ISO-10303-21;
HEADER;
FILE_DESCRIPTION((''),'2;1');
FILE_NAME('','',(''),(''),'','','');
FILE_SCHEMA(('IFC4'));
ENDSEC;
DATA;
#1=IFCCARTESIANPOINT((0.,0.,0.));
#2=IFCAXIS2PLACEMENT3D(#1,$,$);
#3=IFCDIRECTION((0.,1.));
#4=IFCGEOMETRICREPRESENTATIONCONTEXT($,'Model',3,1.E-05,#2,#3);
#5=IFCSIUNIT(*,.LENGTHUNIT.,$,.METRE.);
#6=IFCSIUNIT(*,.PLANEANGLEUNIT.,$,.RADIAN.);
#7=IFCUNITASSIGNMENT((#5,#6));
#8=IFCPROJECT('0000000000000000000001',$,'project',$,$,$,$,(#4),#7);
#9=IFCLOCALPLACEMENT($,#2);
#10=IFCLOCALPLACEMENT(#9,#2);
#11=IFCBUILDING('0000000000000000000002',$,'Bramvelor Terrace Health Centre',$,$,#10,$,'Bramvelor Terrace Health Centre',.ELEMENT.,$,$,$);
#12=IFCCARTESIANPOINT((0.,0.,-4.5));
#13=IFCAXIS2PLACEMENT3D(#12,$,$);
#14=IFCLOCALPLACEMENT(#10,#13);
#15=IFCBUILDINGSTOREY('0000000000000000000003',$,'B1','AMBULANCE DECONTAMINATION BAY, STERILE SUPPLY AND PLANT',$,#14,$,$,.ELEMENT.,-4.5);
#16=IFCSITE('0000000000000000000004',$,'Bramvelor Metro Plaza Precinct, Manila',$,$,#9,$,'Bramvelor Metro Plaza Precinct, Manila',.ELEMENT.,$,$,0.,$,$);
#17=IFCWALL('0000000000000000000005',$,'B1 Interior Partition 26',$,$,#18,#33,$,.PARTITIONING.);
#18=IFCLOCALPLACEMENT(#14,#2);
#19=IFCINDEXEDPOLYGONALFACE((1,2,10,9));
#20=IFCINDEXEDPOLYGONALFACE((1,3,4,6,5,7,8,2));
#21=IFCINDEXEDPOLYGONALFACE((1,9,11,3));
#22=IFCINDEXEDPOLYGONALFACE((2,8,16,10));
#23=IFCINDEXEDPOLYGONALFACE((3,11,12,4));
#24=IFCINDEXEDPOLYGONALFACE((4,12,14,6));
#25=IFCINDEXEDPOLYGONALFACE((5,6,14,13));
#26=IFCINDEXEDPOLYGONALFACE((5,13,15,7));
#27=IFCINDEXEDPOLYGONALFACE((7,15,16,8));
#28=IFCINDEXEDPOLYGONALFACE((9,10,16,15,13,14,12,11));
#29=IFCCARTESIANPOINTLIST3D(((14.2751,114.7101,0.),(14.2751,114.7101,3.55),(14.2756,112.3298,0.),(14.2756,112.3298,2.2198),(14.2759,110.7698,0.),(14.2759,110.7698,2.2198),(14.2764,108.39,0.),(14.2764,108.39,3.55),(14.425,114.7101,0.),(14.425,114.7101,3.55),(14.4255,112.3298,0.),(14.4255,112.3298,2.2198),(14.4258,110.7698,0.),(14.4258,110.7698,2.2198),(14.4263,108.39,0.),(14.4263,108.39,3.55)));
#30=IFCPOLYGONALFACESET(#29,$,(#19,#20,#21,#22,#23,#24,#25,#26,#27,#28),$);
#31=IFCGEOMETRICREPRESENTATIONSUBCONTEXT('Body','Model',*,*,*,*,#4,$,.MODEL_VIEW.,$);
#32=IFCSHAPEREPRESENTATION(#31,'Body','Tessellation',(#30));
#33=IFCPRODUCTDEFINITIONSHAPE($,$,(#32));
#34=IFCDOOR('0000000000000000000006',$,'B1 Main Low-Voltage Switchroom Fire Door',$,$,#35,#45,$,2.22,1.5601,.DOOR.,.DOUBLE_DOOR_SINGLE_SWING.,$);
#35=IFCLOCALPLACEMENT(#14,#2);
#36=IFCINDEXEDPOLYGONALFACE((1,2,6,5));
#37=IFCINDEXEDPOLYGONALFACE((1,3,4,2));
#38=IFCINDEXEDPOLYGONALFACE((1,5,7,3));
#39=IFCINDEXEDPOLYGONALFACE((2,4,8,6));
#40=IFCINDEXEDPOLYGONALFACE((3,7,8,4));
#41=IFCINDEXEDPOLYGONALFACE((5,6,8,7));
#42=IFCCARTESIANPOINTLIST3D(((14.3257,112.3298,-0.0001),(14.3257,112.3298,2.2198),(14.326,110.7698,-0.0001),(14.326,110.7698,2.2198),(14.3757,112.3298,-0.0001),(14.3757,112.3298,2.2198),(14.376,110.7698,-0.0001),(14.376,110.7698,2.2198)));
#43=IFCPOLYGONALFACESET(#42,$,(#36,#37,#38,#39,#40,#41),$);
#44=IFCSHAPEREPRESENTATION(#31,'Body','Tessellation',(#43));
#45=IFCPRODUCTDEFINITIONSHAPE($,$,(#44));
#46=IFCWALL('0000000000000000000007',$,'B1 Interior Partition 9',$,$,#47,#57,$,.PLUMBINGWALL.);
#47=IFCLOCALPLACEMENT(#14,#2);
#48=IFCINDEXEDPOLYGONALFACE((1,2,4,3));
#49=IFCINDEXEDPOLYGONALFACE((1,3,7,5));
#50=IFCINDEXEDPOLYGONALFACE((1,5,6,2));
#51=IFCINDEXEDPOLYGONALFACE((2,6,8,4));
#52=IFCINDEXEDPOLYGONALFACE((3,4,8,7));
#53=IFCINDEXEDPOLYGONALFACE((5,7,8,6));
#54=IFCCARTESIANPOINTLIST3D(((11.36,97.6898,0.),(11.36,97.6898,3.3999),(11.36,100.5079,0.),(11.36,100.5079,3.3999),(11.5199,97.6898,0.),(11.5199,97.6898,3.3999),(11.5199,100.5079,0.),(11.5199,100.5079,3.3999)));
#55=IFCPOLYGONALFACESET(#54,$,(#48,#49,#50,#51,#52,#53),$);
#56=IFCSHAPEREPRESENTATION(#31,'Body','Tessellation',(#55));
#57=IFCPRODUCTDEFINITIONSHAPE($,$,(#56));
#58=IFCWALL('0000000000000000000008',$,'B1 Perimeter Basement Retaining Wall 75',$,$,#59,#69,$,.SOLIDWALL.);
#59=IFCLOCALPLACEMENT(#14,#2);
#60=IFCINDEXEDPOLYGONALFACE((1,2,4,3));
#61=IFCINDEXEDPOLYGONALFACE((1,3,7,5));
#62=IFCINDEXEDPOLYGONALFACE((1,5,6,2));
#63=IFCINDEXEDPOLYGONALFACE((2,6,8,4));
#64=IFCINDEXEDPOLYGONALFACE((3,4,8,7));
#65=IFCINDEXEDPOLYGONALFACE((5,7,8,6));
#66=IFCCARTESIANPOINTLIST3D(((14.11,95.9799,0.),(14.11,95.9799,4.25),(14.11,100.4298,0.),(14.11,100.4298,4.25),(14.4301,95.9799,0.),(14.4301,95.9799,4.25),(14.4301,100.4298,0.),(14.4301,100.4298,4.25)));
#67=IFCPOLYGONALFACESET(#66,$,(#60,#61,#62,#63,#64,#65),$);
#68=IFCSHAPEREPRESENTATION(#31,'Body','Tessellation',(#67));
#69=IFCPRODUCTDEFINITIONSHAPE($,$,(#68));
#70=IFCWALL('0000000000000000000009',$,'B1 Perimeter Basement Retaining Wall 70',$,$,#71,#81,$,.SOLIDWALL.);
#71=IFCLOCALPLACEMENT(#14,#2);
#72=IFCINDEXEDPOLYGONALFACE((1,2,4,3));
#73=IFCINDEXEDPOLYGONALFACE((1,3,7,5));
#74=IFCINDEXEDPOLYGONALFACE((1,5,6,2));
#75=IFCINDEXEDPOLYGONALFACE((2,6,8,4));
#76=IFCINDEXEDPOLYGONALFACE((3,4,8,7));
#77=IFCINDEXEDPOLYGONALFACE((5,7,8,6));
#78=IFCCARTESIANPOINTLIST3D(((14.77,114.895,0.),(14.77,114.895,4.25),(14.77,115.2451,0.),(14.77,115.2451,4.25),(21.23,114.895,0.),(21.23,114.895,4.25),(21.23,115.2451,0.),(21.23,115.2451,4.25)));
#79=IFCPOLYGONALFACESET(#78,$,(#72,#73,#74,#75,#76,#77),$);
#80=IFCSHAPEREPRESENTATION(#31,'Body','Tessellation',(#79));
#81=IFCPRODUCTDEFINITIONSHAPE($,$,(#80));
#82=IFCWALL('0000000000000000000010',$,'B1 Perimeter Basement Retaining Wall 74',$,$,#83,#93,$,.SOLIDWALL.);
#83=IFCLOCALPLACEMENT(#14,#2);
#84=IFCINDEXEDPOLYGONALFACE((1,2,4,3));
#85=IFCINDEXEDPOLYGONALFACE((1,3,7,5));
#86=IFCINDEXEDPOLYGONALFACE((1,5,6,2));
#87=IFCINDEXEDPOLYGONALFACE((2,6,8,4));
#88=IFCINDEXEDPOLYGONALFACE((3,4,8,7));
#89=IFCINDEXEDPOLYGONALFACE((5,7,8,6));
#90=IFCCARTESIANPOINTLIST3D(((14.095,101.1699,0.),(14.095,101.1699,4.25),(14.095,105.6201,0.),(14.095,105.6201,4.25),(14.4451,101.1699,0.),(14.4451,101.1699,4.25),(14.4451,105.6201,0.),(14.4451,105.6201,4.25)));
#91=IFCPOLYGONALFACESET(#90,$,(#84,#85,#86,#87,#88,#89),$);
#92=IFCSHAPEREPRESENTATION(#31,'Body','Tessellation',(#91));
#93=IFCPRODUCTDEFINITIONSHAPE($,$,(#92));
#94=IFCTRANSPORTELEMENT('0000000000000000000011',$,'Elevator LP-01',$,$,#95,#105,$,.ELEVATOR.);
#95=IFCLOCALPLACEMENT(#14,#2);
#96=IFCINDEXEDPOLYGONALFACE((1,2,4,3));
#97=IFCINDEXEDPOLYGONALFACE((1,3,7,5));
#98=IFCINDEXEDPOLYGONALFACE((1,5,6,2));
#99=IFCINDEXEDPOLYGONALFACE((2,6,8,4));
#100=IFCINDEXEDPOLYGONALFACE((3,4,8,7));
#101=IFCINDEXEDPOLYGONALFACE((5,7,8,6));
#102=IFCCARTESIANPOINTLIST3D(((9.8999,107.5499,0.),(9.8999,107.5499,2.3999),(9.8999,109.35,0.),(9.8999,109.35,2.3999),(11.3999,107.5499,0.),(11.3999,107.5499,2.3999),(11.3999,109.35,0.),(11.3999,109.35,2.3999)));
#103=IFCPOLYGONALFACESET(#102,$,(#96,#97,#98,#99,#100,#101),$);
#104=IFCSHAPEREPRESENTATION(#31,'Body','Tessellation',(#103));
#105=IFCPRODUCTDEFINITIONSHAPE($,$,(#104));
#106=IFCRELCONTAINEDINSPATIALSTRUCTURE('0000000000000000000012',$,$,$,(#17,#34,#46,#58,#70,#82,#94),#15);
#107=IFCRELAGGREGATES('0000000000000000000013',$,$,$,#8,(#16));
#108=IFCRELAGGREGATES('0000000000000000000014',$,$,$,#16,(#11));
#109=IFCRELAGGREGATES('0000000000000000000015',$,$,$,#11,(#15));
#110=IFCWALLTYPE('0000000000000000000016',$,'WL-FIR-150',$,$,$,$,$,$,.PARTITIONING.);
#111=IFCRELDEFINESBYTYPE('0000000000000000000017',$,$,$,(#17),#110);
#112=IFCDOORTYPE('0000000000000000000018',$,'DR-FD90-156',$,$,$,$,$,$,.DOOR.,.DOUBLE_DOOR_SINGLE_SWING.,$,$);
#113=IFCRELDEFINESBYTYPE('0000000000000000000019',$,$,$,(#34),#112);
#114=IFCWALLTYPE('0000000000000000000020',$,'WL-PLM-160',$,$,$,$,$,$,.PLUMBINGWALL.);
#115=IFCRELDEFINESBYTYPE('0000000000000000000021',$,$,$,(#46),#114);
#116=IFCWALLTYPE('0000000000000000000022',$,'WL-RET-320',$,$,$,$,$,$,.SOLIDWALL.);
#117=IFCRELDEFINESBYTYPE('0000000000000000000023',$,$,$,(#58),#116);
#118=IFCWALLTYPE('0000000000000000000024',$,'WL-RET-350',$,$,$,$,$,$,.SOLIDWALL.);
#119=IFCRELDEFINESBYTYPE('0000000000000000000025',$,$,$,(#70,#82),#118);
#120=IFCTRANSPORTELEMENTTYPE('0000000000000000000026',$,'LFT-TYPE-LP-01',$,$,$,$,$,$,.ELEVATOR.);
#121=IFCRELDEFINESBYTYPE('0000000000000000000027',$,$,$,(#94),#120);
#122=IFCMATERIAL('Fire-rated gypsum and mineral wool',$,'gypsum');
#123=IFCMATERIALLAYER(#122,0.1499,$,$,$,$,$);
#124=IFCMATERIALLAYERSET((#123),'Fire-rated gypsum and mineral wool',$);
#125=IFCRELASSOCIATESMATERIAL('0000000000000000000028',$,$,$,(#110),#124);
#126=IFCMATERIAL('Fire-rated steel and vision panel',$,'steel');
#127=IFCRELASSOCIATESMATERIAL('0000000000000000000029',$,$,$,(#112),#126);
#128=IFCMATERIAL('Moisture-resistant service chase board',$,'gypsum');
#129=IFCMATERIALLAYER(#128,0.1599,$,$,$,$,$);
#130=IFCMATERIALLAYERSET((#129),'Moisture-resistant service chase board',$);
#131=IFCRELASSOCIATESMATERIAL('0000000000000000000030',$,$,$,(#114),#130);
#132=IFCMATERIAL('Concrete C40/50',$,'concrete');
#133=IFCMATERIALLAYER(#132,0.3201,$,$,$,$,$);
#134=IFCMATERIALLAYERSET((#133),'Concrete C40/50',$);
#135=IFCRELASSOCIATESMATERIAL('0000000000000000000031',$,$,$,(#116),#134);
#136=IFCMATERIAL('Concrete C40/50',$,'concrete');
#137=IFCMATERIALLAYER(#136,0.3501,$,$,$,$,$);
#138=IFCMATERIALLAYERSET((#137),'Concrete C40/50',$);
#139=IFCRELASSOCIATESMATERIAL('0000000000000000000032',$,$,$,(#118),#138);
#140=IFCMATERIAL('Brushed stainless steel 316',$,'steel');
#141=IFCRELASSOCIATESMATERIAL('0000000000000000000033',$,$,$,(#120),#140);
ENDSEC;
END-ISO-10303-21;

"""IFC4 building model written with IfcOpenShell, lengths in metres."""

from ifc_helpers import new_model, si_unit, direction, frame, frame_2d, origin, origin_2d, place, context, subcontext, project, spatial, rectangle, extrude, material, layer, layer_set, type_object, element, fill, save


model = new_model("IFC4")

# Units and contexts
model_context = context("Model", 3, precision=1e-05, world=origin(), true_north=direction((0.0, 1.0)))
body_context = subcontext(model_context, "Body", "Model", "MODEL_VIEW")
ifc_project = project(units=[si_unit("LENGTHUNIT", "METRE"), si_unit("PLANEANGLEUNIT", "RADIAN")], contexts=[model_context])

# Site, building, storey
site_placement = place(None, origin())
site = spatial("IfcSite", under=ifc_project, at=site_placement, Name="Bramvelor Metro Plaza Precinct, Manila", LongName="Bramvelor Metro Plaza Precinct, Manila", CompositionType="ELEMENT", RefElevation=0.0)
building_placement = place(site_placement, origin())
building = spatial("IfcBuilding", under=site, at=building_placement, Name="Bramvelor Terrace Health Centre", LongName="Bramvelor Terrace Health Centre", CompositionType="ELEMENT")
storey_placement = place(building_placement, frame((0.0, 0.0, -4.5)))
storey = spatial("IfcBuildingStorey", under=building, at=storey_placement, Name="B1", Description="AMBULANCE DECONTAMINATION BAY, STERILE SUPPLY AND PLANT", CompositionType="ELEMENT", Elevation=-4.5)

# Shared definitions
ifc_material_1 = material(Name="Fire-rated gypsum and mineral wool", Category="gypsum")
ifc_layer_1 = layer(ifc_material_1, 0.1499)
ifc_layer_set_1 = layer_set([ifc_layer_1], Name="Fire-rated gypsum and mineral wool")
wall_type_1 = type_object("IfcWallType", Name="WL-FIR-150", PredefinedType="PARTITIONING", material=ifc_layer_set_1)
ifc_material_2 = material(Name="Fire-rated steel and vision panel", Category="steel")
door_type = type_object("IfcDoorType", Name="DR-FD90-156", OperationType="DOUBLE_DOOR_SINGLE_SWING", PredefinedType="DOOR", material=ifc_material_2)

# Wall, opening, door
wall_1_placement = place(storey_placement, frame((14.3513, 108.3899, 0.0), z_axis=(0.0, 0.0, 1.0), x_axis=(-0.000193, 1.0, 0.0)))
wall_1 = element("IfcWall", 1, at=wall_1_placement, inside=storey, type_object=wall_type_1, Name="B1 Interior Partition 26", PredefinedType="PARTITIONING", context=body_context, shape_type="SweptSolid", body=[
    extrude(rectangle(XDim=6.3201, YDim=0.1499, at=frame_2d((3.1602, 0.0))), origin(), (0.0, 0.0, 1.0), 3.55),
])
opening_1_placement = place(wall_1_placement, frame((2.3799, 0.0, 0.0)))
opening_1 = element("IfcOpeningElement", 2, at=opening_1_placement, cuts=wall_1, PredefinedType="OPENING", context=body_context, shape_type="SweptSolid", body=[
    extrude(rectangle(XDim=1.5601, YDim=2.22, at=frame_2d((0.78, 1.1099))), frame((0.0, 0.085, 0.0), z_axis=(0.0, -1.0, 0.0), x_axis=(1.0, 0.0, 0.0)), (0.0, 0.0, 1.0), 0.1699),
])
door_1_placement = place(opening_1_placement, origin())
door_1 = element("IfcDoor", 3, at=door_1_placement, inside=storey, type_object=door_type, Name="B1 Main Low-Voltage Switchroom Fire Door", OperationType="DOUBLE_DOOR_SINGLE_SWING", OverallHeight=2.22, OverallWidth=1.5601, PredefinedType="DOOR", context=body_context, shape_type="SweptSolid", body=[
    extrude(rectangle(XDim=1.5601, YDim=2.22, at=frame_2d((0.78, 1.1099))), frame((0.0, 0.0249, 0.0), z_axis=(0.0, -1.0, 0.0), x_axis=(1.0, 0.0, 0.0)), (0.0, 0.0, 1.0), 0.05),
])
fill(opening_1, door_1)

# Walls
ifc_material_3 = material(Name="Moisture-resistant service chase board", Category="gypsum")
ifc_layer_2 = layer(ifc_material_3, 0.1599)
ifc_layer_set_2 = layer_set([ifc_layer_2], Name="Moisture-resistant service chase board")
wall_type_2 = type_object("IfcWallType", Name="WL-PLM-160", PredefinedType="PLUMBINGWALL", material=ifc_layer_set_2)
wall_2_placement = place(storey_placement, frame((11.4399, 100.5081, 0.0), z_axis=(0.0, 0.0, 1.0), x_axis=(0.0, -1.0, 0.0)))
element("IfcWall", 4, at=wall_2_placement, inside=storey, type_object=wall_type_2, Name="B1 Interior Partition 9", PredefinedType="PLUMBINGWALL", context=body_context, shape_type="SweptSolid", body=[
    extrude(rectangle(XDim=2.8181, YDim=0.1599, at=frame_2d((1.4092, 0.0))), origin(), (0.0, 0.0, 1.0), 3.3999),
])
ifc_material_4 = material(Name="Concrete C40/50", Category="concrete")
ifc_layer_3 = layer(ifc_material_4, 0.3201)
ifc_layer_set_3 = layer_set([ifc_layer_3], Name="Concrete C40/50")
wall_type_3 = type_object("IfcWallType", Name="WL-RET-320", PredefinedType="SOLIDWALL", material=ifc_layer_set_3)
wall_3_placement = place(storey_placement, frame((14.27, 100.4299, 0.0), z_axis=(0.0, 0.0, 1.0), x_axis=(0.0, -1.0, 0.0)))
element("IfcWall", 5, at=wall_3_placement, inside=storey, type_object=wall_type_3, Name="B1 Perimeter Basement Retaining Wall 75", PredefinedType="SOLIDWALL", context=body_context, shape_type="SweptSolid", body=[
    extrude(rectangle(XDim=4.45, YDim=0.3201, at=frame_2d((2.2251, 0.0))), origin(), (0.0, 0.0, 1.0), 4.25),
])
ifc_material_5 = material(Name="Concrete C40/50", Category="concrete")
ifc_layer_4 = layer(ifc_material_5, 0.3501)
ifc_layer_set_4 = layer_set([ifc_layer_4], Name="Concrete C40/50")
wall_type_4 = type_object("IfcWallType", Name="WL-RET-350", PredefinedType="SOLIDWALL", material=ifc_layer_set_4)
wall_4_placement = place(storey_placement, frame((14.77, 115.0701, 0.0), z_axis=(0.0, 0.0, 1.0), x_axis=(1.0, 0.0, 0.0)))
element("IfcWall", 6, at=wall_4_placement, inside=storey, type_object=wall_type_4, Name="B1 Perimeter Basement Retaining Wall 70", PredefinedType="SOLIDWALL", context=body_context, shape_type="SweptSolid", body=[
    extrude(rectangle(XDim=6.46, YDim=0.3501, at=frame_2d((3.23, 0.0))), origin(), (0.0, 0.0, 1.0), 4.25),
])
wall_5_placement = place(storey_placement, frame((14.27, 105.6201, 0.0), z_axis=(0.0, 0.0, 1.0), x_axis=(0.0, -1.0, 0.0)))
element("IfcWall", 7, at=wall_5_placement, inside=storey, type_object=wall_type_4, Name="B1 Perimeter Basement Retaining Wall 74", PredefinedType="SOLIDWALL", context=body_context, shape_type="SweptSolid", body=[
    extrude(rectangle(XDim=4.4502, YDim=0.3501, at=frame_2d((2.2251, 0.0))), origin(), (0.0, 0.0, 1.0), 4.25),
])

# Transport element
ifc_material_6 = material(Name="Brushed stainless steel 316", Category="steel")
transport_element_type = type_object("IfcTransportElementType", Name="LFT-TYPE-LP-01", PredefinedType="ELEVATOR", material=ifc_material_6)
transport_element_placement = place(storey_placement, frame((10.6499, 108.45, 0.0), z_axis=(0.0, 0.0, 1.0), x_axis=(1.0, 0.0, 0.0)))
element("IfcTransportElement", 8, at=transport_element_placement, inside=storey, type_object=transport_element_type, Name="Elevator LP-01", PredefinedType="ELEVATOR", context=body_context, shape_type="SweptSolid", body=[
    extrude(rectangle(XDim=1.5, YDim=1.8, at=origin_2d()), origin(), (0.0, 0.0, 1.0), 2.3999),
])

save(model, "model.ifc")
